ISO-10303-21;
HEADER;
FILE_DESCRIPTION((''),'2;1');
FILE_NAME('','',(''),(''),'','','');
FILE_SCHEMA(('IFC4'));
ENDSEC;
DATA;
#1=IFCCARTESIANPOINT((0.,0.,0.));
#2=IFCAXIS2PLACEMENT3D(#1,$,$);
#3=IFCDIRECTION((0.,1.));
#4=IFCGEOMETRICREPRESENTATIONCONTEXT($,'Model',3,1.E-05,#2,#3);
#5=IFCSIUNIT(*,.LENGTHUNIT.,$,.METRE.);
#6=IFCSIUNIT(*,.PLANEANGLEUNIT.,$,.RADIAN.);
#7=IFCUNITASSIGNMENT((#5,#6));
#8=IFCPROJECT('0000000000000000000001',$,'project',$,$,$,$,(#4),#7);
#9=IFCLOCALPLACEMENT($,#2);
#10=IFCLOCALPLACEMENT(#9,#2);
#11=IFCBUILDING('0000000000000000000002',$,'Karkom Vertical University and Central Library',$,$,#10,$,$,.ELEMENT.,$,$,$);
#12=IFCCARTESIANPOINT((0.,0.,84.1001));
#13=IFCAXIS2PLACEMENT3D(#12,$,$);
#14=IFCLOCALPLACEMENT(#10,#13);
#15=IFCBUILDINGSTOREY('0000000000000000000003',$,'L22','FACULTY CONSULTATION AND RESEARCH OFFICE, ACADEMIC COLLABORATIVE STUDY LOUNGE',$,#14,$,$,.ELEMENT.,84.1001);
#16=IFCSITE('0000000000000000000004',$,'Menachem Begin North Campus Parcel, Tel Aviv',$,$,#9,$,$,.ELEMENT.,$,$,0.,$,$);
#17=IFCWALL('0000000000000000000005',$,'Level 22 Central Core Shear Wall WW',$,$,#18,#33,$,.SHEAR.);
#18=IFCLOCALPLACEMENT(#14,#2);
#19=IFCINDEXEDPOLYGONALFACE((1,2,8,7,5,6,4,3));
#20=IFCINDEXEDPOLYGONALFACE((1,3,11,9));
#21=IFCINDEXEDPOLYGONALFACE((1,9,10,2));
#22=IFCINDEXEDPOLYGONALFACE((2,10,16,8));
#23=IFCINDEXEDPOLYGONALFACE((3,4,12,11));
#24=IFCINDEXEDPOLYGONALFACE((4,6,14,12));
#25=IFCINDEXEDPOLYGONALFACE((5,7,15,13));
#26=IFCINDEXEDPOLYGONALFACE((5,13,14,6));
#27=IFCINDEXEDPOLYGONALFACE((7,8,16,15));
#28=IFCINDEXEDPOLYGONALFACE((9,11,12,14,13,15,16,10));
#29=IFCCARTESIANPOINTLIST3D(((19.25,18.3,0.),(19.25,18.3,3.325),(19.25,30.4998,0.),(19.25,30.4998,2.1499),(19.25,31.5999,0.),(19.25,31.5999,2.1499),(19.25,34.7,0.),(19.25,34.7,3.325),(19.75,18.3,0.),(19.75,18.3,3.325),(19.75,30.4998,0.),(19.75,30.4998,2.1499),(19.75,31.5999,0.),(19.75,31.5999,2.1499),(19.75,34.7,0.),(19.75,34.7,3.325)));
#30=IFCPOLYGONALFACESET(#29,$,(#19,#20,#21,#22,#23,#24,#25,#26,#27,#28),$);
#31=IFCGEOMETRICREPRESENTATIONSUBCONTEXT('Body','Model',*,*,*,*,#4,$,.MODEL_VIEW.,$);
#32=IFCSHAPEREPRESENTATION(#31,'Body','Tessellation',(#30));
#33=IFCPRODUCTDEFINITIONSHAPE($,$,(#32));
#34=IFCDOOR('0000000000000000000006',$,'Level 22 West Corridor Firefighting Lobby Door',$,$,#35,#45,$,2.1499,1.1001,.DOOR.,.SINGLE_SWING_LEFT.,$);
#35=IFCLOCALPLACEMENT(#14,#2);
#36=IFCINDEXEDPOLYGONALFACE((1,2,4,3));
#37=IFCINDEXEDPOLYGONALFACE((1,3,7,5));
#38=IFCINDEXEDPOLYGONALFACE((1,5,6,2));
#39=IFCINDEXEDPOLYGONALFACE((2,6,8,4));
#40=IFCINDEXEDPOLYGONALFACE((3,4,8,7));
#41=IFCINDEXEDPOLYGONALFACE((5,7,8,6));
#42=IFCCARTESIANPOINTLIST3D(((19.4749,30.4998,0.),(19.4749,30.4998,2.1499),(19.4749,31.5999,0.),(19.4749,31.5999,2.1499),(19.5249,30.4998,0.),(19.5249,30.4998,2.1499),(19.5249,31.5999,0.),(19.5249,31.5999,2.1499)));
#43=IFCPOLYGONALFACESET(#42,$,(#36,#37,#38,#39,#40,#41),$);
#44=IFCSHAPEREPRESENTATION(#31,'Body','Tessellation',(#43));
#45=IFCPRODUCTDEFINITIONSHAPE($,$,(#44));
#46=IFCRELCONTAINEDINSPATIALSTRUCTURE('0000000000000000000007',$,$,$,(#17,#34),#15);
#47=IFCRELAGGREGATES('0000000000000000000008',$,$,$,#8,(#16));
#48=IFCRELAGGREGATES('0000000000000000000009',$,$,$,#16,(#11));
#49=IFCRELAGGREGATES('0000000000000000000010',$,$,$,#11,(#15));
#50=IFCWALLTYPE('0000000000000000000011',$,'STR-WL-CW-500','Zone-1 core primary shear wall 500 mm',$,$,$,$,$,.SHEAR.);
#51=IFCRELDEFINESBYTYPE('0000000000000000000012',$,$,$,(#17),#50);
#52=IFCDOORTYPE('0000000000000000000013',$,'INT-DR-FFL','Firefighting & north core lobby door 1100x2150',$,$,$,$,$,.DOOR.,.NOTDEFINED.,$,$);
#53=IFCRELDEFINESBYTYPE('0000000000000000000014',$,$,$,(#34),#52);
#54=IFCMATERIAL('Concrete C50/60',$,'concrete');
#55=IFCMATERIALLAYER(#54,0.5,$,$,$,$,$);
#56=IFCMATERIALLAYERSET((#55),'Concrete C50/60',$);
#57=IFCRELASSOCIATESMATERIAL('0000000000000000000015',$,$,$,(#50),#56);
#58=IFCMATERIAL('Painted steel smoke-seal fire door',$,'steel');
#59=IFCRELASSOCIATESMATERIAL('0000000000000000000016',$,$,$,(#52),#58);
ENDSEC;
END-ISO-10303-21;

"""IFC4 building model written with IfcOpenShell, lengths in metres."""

from ifc_helpers import new_model, si_unit, direction, frame, frame_2d, origin, origin_with_axes, place, context, subcontext, project, spatial, rectangle, extrude, source, transform, mapped, material, layer, layer_set, type_object, element, fill, save


model = new_model("IFC4")

# Units and contexts
model_context = context("Model", 3, precision=1e-05, world=origin(), true_north=direction((0.0, 1.0)))
body_context = subcontext(model_context, "Body", "Model", "MODEL_VIEW")
ifc_project = project(units=[si_unit("LENGTHUNIT", "METRE"), si_unit("PLANEANGLEUNIT", "RADIAN")], contexts=[model_context])

# Site, building, storey
site_placement = place(None, origin())
site = spatial("IfcSite", under=ifc_project, at=site_placement, Name="Menachem Begin North Campus Parcel, Tel Aviv", CompositionType="ELEMENT", RefElevation=0.0)
building_placement = place(site_placement, origin())
building = spatial("IfcBuilding", under=site, at=building_placement, Name="Karkom Vertical University and Central Library", CompositionType="ELEMENT")
storey_placement = place(building_placement, frame((0.0, 0.0, 84.1001)))
storey = spatial("IfcBuildingStorey", under=building, at=storey_placement, Name="L22", Description="FACULTY CONSULTATION AND RESEARCH OFFICE, ACADEMIC COLLABORATIVE STUDY LOUNGE", CompositionType="ELEMENT", Elevation=84.1001)

# Shared definitions
ifc_material_1 = material(Name="Concrete C50/60", Category="concrete")

# Wall, opening, door
ifc_layer_1 = layer(ifc_material_1, 0.5)
ifc_layer_set_1 = layer_set([ifc_layer_1], Name="Concrete C50/60")
wall_type_1 = type_object("IfcWallType", Name="STR-WL-CW-500", Description="Zone-1 core primary shear wall 500 mm", PredefinedType="SHEAR", material=ifc_layer_set_1)
ifc_material_2 = material(Name="Painted steel smoke-seal fire door", Category="steel")
door_type_1 = type_object("IfcDoorType", Name="INT-DR-FFL", Description="Firefighting & north core lobby door 1100x2150", OperationType="NOTDEFINED", PredefinedType="DOOR", material=ifc_material_2)
shared_shape_1 = source(origin_with_axes(), body_context, "Body", "SweptSolid", [
    extrude(rectangle(XDim=1.1001, YDim=2.1499, at=frame_2d((0.55, 1.075))), frame((0.0, 0.0249, 0.0), z_axis=(0.0, -1.0, 0.0), x_axis=(1.0, 0.0, 0.0)), (0.0, 0.0, 1.0), 0.05),
])
wall_1_placement = place(storey_placement, frame((19.5, 34.7, 0.0), z_axis=(0.0, 0.0, 1.0), x_axis=(0.0, -1.0, 0.0)))
wall_1 = element("IfcWall", 1, at=wall_1_placement, inside=storey, type_object=wall_type_1, Name="Level 22 Central Core Shear Wall WW", PredefinedType="SHEAR", context=body_context, shape_type="SweptSolid", body=[
    extrude(rectangle(XDim=16.3999, YDim=0.5, at=frame_2d((8.2, 0.0))), origin(), (0.0, 0.0, 1.0), 3.325),
])
opening_1_placement = place(wall_1_placement, frame((3.1001, 0.0, 0.0)))
opening_1 = element("IfcOpeningElement", 2, at=opening_1_placement, cuts=wall_1, PredefinedType="OPENING", context=body_context, shape_type="SweptSolid", body=[
    extrude(rectangle(XDim=1.1001, YDim=2.1499, at=frame_2d((0.55, 1.075))), frame((0.0, 0.26, 0.0), z_axis=(0.0, -1.0, 0.0), x_axis=(1.0, 0.0, 0.0)), (0.0, 0.0, 1.0), 0.52),
])
door_1_placement = place(opening_1_placement, origin())
door_1 = element("IfcDoor", 3, at=door_1_placement, inside=storey, type_object=door_type_1, Name="Level 22 West Corridor Firefighting Lobby Door", OperationType="SINGLE_SWING_LEFT", OverallHeight=2.1499, OverallWidth=1.1001, PredefinedType="DOOR", context=body_context, shape_type="MappedRepresentation", body=[
    mapped(shared_shape_1, transform((0.0, 0.0, 0.0), scale=1.0)),
])
fill(opening_1, door_1)

save(model, "model.ifc")
